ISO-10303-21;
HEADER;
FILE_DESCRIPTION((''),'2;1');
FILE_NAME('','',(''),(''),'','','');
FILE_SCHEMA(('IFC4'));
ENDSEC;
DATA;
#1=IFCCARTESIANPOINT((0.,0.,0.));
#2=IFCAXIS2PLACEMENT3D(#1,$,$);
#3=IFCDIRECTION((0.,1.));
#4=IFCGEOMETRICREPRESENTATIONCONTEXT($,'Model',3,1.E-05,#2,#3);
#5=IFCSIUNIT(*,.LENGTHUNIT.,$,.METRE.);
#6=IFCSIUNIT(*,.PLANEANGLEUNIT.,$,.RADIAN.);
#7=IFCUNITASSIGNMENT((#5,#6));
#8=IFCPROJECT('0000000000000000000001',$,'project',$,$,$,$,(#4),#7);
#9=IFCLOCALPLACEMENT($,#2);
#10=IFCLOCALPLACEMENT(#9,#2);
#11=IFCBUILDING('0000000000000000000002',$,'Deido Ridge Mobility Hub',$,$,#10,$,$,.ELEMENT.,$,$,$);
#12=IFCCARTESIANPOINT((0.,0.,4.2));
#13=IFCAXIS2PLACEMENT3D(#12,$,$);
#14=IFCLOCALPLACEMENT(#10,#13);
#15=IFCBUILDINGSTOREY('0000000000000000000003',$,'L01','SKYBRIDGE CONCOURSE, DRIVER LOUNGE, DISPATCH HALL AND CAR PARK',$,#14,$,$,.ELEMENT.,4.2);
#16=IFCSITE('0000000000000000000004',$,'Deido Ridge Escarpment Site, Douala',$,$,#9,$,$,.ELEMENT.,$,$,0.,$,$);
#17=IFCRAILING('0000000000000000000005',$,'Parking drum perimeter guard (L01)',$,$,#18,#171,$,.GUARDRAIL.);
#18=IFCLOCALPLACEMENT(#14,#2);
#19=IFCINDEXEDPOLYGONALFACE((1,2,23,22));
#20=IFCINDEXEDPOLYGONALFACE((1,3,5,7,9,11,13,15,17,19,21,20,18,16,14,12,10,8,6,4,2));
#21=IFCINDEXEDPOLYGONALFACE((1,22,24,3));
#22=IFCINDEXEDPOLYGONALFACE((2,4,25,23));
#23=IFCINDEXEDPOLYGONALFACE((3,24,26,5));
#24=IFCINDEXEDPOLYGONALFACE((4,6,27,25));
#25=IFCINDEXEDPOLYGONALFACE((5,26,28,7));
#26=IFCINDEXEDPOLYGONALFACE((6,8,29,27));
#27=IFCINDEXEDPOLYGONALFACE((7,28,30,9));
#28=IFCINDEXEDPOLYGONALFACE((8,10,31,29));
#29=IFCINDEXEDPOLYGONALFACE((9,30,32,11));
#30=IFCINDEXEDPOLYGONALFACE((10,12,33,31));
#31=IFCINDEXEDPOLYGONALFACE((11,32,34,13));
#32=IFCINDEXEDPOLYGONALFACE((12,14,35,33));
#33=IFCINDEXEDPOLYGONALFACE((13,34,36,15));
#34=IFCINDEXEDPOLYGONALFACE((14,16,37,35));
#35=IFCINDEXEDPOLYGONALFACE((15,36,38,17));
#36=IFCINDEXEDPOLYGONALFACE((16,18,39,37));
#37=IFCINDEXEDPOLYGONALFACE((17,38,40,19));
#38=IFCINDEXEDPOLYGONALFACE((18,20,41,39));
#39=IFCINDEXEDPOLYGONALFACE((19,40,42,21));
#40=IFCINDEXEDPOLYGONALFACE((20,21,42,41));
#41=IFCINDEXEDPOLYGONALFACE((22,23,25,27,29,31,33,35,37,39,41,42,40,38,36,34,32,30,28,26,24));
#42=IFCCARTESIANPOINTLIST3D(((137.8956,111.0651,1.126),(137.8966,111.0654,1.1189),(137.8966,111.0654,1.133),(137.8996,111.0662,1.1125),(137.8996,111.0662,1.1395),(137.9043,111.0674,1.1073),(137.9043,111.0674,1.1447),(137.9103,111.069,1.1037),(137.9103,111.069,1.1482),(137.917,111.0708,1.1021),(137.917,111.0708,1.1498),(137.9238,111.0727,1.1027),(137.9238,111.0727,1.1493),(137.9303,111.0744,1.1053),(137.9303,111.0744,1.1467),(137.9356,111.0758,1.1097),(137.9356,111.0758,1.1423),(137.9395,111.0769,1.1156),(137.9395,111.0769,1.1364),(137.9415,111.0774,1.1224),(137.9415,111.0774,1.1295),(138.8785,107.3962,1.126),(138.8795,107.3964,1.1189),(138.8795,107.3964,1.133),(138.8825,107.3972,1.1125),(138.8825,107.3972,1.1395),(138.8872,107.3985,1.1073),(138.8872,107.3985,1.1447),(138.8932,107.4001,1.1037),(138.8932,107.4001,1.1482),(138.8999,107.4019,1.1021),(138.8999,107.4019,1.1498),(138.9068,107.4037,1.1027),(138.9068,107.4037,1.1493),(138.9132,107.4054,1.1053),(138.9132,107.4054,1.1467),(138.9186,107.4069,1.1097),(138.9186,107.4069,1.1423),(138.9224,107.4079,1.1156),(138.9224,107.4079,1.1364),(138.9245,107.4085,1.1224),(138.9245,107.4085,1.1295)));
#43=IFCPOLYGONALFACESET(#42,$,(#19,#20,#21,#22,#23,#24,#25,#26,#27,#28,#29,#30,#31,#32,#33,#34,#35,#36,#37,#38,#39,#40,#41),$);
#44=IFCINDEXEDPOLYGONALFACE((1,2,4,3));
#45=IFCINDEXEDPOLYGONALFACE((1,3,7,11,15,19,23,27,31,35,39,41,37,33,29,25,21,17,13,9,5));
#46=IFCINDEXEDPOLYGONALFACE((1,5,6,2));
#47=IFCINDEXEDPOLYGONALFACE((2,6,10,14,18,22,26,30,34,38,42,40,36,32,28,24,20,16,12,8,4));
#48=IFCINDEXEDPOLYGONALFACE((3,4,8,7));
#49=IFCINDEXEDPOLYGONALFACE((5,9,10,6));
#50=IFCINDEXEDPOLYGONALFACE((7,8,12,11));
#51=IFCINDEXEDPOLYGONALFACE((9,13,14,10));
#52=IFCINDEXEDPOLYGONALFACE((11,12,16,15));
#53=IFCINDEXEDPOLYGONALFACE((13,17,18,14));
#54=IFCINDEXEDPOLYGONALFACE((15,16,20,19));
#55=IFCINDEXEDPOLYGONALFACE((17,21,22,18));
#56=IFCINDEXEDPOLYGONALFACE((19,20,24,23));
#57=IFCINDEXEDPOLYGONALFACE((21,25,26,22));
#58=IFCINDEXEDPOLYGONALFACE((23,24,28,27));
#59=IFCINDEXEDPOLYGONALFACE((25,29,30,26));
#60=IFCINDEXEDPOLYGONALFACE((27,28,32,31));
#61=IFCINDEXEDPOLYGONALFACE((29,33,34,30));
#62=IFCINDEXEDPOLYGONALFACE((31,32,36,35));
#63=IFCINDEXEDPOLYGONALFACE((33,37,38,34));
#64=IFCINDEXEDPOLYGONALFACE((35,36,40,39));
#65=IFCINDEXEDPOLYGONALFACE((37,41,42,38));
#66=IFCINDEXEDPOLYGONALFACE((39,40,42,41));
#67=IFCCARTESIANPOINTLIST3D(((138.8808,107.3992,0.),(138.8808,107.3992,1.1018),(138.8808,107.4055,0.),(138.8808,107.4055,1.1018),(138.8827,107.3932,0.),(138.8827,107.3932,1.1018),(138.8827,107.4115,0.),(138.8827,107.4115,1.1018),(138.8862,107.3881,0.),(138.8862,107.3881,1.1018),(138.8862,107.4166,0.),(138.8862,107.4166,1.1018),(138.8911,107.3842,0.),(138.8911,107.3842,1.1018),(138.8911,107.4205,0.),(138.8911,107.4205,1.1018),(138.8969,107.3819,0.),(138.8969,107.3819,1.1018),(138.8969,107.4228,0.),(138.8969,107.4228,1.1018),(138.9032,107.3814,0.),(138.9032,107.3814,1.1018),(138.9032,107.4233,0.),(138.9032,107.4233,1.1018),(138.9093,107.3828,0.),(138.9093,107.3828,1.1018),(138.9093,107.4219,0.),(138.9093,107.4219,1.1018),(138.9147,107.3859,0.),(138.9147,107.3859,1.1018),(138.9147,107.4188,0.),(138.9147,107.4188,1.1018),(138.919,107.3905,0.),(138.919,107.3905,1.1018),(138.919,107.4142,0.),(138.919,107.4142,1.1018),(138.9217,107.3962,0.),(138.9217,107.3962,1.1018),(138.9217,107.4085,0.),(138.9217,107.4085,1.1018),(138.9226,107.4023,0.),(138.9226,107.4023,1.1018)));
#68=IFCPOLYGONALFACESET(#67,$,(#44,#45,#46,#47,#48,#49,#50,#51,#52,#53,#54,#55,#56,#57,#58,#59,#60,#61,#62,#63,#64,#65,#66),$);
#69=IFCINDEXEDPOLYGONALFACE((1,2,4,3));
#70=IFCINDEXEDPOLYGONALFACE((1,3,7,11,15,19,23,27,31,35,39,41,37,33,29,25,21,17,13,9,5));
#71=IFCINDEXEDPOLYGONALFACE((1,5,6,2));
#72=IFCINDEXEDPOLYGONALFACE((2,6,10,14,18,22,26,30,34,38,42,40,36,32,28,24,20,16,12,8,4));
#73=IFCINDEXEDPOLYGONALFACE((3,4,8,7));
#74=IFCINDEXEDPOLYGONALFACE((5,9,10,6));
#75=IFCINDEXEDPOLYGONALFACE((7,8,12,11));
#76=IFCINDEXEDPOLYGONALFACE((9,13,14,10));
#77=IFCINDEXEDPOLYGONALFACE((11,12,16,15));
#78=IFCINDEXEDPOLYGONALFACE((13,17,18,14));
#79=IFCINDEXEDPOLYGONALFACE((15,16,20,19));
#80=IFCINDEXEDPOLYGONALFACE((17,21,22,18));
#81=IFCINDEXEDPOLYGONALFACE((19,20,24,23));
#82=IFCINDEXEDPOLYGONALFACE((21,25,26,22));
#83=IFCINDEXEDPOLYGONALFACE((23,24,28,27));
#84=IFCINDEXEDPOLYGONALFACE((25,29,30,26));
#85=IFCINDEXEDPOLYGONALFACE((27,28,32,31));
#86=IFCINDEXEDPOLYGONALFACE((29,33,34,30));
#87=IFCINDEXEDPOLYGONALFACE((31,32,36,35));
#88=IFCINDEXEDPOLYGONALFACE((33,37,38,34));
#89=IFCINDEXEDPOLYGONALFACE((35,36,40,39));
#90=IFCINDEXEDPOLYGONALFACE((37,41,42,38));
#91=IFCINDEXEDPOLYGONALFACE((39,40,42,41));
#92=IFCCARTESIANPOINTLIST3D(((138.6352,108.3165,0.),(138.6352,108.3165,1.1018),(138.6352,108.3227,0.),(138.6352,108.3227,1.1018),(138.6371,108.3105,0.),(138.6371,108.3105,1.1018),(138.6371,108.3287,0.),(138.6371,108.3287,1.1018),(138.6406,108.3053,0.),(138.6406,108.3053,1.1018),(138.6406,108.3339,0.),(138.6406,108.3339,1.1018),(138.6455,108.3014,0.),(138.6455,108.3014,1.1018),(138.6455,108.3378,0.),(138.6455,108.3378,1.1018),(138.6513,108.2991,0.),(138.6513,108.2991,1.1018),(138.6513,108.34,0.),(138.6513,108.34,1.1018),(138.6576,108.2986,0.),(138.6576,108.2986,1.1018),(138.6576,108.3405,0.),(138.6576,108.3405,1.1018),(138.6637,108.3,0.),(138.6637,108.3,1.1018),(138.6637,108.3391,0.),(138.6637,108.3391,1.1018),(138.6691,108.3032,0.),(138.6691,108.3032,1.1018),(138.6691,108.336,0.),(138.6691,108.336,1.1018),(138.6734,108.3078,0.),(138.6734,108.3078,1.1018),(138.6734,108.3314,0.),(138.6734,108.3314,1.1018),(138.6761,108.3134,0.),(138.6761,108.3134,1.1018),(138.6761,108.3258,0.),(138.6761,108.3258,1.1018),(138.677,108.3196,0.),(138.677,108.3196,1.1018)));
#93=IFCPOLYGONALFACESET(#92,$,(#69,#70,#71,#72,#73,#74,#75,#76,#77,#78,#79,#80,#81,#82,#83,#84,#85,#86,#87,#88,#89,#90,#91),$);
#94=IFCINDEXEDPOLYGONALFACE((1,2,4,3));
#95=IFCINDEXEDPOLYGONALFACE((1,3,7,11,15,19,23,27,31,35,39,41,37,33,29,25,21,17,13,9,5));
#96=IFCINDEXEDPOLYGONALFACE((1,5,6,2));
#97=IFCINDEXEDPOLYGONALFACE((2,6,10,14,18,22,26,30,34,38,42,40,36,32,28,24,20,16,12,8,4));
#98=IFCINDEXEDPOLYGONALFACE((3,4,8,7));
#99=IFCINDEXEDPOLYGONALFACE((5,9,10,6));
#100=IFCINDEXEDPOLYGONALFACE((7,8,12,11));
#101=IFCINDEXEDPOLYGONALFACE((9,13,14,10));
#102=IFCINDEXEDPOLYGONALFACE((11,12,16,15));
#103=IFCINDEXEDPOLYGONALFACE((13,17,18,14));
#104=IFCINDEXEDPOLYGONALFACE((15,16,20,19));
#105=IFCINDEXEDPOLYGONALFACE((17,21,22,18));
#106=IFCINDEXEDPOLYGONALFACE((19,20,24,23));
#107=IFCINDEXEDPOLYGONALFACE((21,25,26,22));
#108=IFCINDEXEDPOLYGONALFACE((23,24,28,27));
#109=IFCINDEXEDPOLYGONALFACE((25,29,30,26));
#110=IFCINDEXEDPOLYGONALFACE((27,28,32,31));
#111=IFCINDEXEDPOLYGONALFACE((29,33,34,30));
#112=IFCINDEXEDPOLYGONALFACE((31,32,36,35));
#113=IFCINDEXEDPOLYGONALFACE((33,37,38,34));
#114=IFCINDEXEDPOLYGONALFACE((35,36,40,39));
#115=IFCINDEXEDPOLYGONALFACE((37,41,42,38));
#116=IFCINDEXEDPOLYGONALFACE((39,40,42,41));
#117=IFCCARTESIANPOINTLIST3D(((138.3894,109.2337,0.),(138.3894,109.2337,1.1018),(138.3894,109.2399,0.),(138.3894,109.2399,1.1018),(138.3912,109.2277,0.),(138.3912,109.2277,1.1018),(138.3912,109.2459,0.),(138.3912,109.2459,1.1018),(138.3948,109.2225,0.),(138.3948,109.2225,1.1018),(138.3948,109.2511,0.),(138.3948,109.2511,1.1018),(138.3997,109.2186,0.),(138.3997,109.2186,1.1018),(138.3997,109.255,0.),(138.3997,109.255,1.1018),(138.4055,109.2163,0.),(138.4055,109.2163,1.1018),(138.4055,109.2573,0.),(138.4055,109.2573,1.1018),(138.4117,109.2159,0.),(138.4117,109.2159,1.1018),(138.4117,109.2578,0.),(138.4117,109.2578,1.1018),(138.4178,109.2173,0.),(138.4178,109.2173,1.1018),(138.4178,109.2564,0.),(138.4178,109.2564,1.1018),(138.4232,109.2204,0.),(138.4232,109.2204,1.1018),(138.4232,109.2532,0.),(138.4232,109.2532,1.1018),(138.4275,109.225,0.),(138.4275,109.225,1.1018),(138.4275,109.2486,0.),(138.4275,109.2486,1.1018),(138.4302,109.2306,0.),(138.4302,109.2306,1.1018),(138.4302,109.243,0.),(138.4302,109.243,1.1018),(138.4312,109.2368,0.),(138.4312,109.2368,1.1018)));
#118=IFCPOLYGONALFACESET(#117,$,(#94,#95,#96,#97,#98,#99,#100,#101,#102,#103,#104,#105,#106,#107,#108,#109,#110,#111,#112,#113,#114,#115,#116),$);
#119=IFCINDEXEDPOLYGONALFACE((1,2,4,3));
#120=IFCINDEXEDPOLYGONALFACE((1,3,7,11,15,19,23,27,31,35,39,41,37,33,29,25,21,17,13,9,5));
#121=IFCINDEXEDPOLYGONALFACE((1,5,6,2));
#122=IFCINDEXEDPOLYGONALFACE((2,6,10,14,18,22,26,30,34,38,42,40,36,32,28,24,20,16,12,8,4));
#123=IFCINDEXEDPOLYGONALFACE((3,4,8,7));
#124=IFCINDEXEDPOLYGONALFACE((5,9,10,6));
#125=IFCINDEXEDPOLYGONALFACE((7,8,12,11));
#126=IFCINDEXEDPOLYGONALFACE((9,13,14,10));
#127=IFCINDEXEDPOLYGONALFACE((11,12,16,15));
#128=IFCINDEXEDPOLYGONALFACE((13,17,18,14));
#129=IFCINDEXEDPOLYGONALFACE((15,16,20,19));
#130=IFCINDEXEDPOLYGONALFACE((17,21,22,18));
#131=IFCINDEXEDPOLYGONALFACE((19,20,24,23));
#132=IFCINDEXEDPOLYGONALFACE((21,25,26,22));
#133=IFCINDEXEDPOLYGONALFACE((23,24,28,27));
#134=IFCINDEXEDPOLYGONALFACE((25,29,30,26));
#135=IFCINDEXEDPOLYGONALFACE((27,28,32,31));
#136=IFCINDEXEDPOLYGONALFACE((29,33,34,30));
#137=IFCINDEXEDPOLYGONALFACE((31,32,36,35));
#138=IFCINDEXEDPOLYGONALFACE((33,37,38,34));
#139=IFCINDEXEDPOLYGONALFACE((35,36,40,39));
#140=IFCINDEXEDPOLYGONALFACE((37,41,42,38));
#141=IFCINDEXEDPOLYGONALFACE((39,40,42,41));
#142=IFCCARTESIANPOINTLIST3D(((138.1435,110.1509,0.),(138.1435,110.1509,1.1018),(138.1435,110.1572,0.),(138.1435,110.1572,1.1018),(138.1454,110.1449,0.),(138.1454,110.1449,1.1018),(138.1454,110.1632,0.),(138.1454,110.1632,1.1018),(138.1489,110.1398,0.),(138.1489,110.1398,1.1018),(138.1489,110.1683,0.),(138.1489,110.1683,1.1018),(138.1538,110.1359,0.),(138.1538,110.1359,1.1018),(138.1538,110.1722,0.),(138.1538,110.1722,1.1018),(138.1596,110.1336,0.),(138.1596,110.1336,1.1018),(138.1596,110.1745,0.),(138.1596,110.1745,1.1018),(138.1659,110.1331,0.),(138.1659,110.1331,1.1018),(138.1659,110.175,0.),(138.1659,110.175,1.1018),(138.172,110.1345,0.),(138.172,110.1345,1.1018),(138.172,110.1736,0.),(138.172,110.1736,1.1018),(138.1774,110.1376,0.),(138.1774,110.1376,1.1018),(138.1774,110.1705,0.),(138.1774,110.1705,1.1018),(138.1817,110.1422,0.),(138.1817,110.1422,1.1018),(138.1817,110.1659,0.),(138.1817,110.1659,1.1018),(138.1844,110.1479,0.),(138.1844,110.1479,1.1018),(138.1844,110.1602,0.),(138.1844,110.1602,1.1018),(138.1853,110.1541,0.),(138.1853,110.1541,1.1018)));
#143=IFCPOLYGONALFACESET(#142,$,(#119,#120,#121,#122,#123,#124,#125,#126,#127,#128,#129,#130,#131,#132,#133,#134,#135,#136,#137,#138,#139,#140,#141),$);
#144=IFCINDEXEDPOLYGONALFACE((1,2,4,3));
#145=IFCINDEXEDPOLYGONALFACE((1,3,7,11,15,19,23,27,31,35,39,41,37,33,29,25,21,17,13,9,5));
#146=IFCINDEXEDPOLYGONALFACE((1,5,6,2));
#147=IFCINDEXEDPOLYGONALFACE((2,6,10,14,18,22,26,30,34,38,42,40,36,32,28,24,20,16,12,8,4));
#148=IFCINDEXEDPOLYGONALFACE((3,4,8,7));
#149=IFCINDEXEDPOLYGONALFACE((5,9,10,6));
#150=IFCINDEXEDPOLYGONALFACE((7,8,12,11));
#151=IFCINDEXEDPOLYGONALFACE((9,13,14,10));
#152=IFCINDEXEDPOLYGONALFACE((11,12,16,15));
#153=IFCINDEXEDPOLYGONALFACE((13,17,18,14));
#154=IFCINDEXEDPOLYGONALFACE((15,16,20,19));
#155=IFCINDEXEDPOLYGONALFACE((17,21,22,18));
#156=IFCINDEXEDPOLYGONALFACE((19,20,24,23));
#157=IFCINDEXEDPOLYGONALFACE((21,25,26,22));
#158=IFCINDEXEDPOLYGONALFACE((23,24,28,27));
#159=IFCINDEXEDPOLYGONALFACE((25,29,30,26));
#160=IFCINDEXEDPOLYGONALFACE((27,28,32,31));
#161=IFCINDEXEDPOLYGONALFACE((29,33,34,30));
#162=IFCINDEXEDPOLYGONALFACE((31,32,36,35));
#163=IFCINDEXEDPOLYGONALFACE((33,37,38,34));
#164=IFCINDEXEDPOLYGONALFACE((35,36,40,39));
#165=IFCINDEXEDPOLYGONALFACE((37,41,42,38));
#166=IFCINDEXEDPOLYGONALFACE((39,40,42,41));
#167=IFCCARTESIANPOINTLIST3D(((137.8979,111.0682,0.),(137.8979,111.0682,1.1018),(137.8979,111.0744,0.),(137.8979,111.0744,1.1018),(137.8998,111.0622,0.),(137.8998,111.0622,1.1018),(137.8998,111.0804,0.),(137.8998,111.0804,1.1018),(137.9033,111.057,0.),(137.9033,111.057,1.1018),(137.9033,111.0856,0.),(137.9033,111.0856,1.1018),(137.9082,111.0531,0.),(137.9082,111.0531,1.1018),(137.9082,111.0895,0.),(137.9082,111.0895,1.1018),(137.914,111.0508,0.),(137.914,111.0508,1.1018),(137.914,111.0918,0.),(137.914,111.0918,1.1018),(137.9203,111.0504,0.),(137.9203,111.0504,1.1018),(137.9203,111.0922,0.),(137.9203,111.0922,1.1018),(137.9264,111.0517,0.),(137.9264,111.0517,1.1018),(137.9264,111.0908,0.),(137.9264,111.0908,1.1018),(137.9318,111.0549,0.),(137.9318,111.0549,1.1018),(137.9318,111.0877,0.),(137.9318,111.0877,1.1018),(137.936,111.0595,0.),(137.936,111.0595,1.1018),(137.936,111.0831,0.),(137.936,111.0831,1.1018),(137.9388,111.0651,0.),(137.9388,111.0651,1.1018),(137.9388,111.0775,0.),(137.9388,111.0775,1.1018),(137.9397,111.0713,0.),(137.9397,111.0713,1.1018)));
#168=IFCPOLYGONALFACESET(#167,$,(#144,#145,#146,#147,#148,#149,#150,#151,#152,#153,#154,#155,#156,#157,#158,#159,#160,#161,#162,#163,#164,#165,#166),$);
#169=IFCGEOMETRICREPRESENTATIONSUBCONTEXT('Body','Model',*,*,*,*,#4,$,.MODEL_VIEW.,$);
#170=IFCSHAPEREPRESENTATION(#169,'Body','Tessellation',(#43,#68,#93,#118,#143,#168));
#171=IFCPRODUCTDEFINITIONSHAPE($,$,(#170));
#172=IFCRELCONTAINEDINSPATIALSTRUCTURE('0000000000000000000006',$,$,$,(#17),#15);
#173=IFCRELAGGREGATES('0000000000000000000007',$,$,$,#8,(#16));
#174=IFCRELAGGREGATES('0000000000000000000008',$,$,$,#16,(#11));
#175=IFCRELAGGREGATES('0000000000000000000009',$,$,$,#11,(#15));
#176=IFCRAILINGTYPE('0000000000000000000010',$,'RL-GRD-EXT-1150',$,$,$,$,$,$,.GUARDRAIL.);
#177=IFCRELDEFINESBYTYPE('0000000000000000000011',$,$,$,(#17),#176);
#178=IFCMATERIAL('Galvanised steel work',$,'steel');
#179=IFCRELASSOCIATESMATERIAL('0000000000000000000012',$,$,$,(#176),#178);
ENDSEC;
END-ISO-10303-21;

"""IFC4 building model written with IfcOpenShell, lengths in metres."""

from ifc_helpers import new_model, si_unit, direction, frame, origin, origin_2d, place, context, subcontext, project, spatial, circle, extrude, material, type_object, element, save


model = new_model("IFC4")

# Units and contexts
model_context = context("Model", 3, precision=1e-05, world=origin(), true_north=direction((0.0, 1.0)))
body_context = subcontext(model_context, "Body", "Model", "MODEL_VIEW")
ifc_project = project(units=[si_unit("LENGTHUNIT", "METRE"), si_unit("PLANEANGLEUNIT", "RADIAN")], contexts=[model_context])

# Site, building, storey
site_placement = place(None, origin())
site = spatial("IfcSite", under=ifc_project, at=site_placement, Name="Deido Ridge Escarpment Site, Douala", CompositionType="ELEMENT", RefElevation=0.0)
building_placement = place(site_placement, origin())
building = spatial("IfcBuilding", under=site, at=building_placement, Name="Deido Ridge Mobility Hub", CompositionType="ELEMENT")
storey_placement = place(building_placement, frame((0.0, 0.0, 4.2)))
storey = spatial("IfcBuildingStorey", under=building, at=storey_placement, Name="L01", Description="SKYBRIDGE CONCOURSE, DRIVER LOUNGE, DISPATCH HALL AND CAR PARK", CompositionType="ELEMENT", Elevation=4.2)

# Railing
ifc_material_1 = material(Name="Galvanised steel work", Category="steel")
railing_type = type_object("IfcRailingType", Name="RL-GRD-EXT-1150", PredefinedType="GUARDRAIL", material=ifc_material_1)
railing_1_placement = place(storey_placement, frame((138.9016, 107.4023, 0.0)))
element("IfcRailing", 1, at=railing_1_placement, inside=storey, type_object=railing_type, Name="Parking drum perimeter guard (L01)", PredefinedType="GUARDRAIL", context=body_context, shape_type="SweptSolid", body=[
    extrude(circle(Radius=0.0239, at=origin_2d()), frame((0.0, 0.0, 1.126), z_axis=(-0.258775, 0.965938, 0.0), x_axis=(-0.965938, -0.258775, 0.0)), (0.0, 0.0, 1.0), 3.7983),
    extrude(circle(Radius=0.021, at=origin_2d()), origin(), (0.0, 0.0, 1.0), 1.1018),
    extrude(circle(Radius=0.021, at=origin_2d()), frame((-0.2456, 0.9172, 0.0)), (0.0, 0.0, 1.0), 1.1018),
    extrude(circle(Radius=0.021, at=origin_2d()), frame((-0.4915, 1.8345, 0.0)), (0.0, 0.0, 1.0), 1.1018),
    extrude(circle(Radius=0.021, at=origin_2d()), frame((-0.7373, 2.7517, 0.0)), (0.0, 0.0, 1.0), 1.1018),
    extrude(circle(Radius=0.021, at=origin_2d()), frame((-0.9829, 3.6689, 0.0)), (0.0, 0.0, 1.0), 1.1018),
])

save(model, "model.ifc")
